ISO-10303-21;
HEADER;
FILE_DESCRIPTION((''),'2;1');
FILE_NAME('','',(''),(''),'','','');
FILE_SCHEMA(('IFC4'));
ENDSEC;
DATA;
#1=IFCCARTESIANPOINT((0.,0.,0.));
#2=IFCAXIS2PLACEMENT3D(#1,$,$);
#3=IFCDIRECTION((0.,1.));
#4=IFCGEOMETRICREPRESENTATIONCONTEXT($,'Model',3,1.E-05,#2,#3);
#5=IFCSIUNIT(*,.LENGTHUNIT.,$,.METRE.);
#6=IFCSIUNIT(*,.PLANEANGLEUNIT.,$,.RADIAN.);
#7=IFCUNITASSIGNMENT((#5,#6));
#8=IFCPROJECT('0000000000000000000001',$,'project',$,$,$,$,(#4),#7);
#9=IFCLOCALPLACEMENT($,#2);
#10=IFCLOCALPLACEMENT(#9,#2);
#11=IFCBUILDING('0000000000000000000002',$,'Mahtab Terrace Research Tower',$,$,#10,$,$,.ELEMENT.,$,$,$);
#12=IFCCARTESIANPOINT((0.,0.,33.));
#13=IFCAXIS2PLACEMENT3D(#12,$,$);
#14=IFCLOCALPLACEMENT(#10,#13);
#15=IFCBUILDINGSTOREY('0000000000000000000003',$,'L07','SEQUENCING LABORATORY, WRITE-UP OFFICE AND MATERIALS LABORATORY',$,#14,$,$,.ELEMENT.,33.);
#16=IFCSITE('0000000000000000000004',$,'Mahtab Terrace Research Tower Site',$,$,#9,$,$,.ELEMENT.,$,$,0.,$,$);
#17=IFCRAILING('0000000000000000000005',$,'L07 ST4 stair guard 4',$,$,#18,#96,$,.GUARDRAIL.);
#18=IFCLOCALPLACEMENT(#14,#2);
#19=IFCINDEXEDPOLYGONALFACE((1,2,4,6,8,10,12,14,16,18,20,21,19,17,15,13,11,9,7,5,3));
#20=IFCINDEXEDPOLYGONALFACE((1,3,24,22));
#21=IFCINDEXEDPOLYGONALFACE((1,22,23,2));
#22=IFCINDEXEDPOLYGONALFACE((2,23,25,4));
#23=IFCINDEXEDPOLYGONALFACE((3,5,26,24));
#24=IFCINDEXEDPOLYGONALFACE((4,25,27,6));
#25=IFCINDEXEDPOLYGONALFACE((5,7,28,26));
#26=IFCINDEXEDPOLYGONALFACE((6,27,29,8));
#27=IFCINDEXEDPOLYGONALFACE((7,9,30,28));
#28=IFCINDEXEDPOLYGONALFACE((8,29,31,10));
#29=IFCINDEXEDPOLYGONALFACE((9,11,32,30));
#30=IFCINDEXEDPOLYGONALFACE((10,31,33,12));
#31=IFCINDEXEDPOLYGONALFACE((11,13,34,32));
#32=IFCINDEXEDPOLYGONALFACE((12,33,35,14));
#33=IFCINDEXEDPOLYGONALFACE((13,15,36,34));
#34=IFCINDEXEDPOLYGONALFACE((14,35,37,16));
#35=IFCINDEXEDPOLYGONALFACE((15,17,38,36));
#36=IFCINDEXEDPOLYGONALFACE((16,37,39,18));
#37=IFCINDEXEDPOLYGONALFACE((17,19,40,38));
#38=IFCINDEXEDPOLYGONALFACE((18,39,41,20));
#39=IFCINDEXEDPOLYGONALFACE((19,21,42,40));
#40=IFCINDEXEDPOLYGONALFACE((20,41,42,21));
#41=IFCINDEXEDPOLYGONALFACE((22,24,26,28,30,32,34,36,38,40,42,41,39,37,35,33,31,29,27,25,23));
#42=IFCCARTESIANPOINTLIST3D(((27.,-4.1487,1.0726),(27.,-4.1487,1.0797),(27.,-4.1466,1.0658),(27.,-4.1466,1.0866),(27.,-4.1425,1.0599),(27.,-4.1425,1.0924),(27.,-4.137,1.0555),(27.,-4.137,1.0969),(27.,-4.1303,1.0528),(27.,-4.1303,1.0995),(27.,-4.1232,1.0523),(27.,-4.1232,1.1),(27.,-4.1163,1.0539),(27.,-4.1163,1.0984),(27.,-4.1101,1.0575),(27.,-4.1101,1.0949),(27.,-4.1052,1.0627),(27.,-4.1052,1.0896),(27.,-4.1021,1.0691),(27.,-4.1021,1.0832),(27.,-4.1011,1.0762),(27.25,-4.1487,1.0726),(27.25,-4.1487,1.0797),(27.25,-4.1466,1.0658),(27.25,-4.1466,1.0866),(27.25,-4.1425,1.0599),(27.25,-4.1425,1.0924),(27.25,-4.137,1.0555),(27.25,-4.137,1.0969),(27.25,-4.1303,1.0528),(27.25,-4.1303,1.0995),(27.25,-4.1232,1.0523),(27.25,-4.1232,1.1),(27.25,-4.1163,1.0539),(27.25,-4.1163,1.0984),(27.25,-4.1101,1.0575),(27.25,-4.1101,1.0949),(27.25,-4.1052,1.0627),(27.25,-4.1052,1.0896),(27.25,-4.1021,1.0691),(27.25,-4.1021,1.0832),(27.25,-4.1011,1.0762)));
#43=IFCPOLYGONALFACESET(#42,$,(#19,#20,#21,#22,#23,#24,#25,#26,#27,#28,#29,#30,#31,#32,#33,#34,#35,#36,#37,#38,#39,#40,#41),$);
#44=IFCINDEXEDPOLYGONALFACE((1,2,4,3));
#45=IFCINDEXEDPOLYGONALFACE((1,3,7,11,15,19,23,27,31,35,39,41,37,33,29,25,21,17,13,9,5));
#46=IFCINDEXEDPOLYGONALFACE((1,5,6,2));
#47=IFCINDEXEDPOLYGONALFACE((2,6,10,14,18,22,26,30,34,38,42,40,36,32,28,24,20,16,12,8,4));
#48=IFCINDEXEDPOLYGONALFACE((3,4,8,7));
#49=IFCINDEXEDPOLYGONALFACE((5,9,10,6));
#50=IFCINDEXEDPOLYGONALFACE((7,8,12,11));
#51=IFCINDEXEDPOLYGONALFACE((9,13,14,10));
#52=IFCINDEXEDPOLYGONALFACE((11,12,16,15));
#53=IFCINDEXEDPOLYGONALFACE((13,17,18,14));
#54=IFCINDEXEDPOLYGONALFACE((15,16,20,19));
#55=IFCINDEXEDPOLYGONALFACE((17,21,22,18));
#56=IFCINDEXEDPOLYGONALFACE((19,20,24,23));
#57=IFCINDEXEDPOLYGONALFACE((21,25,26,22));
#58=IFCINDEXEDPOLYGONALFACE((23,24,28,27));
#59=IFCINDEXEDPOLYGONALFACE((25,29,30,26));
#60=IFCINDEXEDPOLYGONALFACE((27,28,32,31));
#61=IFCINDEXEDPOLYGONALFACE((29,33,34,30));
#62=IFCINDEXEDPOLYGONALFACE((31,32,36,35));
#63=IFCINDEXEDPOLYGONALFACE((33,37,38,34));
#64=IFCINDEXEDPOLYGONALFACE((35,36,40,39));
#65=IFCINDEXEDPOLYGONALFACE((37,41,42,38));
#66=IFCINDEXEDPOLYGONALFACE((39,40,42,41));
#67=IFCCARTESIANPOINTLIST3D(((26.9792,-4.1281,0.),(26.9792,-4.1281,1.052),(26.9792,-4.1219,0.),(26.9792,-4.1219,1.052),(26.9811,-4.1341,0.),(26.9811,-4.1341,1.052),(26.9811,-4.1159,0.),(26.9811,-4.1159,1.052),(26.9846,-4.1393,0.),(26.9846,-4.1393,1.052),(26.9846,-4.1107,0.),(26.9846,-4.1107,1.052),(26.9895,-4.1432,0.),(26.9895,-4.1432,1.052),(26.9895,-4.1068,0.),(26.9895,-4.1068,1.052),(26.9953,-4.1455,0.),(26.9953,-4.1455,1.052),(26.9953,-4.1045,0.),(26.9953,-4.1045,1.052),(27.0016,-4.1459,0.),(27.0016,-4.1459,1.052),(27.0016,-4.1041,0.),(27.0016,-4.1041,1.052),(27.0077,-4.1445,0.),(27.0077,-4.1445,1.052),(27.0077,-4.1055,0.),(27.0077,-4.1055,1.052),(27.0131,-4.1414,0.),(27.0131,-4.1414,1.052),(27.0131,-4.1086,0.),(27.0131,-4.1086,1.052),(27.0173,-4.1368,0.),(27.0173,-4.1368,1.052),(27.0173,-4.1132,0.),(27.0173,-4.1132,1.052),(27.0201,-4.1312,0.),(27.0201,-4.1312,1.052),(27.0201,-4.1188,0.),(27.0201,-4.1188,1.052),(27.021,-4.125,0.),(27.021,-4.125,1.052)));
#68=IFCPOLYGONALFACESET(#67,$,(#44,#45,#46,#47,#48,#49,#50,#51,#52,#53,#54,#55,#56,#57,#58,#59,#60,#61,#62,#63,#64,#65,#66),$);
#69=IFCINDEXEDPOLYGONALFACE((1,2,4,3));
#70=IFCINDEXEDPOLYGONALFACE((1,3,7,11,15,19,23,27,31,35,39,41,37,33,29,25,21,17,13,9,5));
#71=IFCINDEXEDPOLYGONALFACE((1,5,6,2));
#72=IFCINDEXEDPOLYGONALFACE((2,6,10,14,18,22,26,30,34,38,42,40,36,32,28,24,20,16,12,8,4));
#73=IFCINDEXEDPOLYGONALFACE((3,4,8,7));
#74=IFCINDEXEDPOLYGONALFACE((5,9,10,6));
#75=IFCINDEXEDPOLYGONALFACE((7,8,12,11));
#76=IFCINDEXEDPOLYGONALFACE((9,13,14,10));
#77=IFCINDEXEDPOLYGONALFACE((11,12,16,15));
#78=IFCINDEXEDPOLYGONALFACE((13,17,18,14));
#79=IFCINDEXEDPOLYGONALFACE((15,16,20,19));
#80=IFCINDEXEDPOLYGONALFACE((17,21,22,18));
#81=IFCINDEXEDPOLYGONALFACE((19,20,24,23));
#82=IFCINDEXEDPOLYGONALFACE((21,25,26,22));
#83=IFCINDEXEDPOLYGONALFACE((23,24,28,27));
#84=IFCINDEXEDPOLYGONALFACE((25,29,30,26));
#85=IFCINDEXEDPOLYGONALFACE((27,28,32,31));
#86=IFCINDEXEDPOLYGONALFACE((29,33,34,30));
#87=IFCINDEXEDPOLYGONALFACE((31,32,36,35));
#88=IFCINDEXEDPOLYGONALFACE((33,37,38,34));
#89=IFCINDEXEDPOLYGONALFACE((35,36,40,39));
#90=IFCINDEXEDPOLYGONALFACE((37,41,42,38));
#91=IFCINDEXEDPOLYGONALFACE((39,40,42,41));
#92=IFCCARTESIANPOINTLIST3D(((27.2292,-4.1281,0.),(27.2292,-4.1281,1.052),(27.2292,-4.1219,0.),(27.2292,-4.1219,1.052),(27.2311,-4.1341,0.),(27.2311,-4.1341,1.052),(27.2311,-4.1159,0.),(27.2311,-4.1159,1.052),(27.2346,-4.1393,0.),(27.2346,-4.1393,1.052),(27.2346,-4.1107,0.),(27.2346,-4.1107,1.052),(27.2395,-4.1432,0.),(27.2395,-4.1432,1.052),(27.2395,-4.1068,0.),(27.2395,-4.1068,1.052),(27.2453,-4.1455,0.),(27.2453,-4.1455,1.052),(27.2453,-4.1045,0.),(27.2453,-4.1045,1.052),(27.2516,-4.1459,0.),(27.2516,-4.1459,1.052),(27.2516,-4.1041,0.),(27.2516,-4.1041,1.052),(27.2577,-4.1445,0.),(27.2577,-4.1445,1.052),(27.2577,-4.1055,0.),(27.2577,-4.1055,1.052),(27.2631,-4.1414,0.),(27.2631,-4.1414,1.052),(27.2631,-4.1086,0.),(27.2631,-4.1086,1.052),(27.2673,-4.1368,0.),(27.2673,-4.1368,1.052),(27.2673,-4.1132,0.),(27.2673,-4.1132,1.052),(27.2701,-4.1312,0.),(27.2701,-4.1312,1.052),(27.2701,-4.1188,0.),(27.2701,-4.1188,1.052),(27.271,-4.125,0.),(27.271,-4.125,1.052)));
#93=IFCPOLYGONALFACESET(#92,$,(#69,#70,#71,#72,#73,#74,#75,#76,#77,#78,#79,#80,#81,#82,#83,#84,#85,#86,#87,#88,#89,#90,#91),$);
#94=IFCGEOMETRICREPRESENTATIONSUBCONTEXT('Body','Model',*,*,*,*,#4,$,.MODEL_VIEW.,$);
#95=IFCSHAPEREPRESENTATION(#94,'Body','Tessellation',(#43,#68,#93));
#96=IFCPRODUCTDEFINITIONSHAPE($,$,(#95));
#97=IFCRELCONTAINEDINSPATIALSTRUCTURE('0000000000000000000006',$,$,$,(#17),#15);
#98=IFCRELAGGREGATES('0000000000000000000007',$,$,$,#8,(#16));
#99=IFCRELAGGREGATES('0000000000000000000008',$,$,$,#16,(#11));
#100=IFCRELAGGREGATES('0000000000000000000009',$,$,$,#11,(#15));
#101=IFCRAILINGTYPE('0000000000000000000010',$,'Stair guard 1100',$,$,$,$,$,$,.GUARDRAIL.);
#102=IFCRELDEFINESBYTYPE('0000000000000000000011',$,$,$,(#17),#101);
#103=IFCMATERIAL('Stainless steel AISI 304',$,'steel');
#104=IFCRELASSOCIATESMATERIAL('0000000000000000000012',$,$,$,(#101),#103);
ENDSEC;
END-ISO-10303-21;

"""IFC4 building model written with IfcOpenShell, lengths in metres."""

from ifc_helpers import new_model, si_unit, direction, frame, origin, origin_2d, place, context, subcontext, project, spatial, circle, extrude, material, type_object, element, save


model = new_model("IFC4")

# Units and contexts
model_context = context("Model", 3, precision=1e-05, world=origin(), true_north=direction((0.0, 1.0)))
body_context = subcontext(model_context, "Body", "Model", "MODEL_VIEW")
ifc_project = project(units=[si_unit("LENGTHUNIT", "METRE"), si_unit("PLANEANGLEUNIT", "RADIAN")], contexts=[model_context])

# Site, building, storey
site_placement = place(None, origin())
site = spatial("IfcSite", under=ifc_project, at=site_placement, Name="Mahtab Terrace Research Tower Site", CompositionType="ELEMENT", RefElevation=0.0)
building_placement = place(site_placement, origin())
building = spatial("IfcBuilding", under=site, at=building_placement, Name="Mahtab Terrace Research Tower", CompositionType="ELEMENT")
storey_placement = place(building_placement, frame((0.0, 0.0, 33.0)))
storey = spatial("IfcBuildingStorey", under=building, at=storey_placement, Name="L07", Description="SEQUENCING LABORATORY, WRITE-UP OFFICE AND MATERIALS LABORATORY", CompositionType="ELEMENT", Elevation=33.0)

# Shared definitions
ifc_material_1 = material(Name="Stainless steel AISI 304", Category="steel")

# Railing
railing_type_1 = type_object("IfcRailingType", Name="Stair guard 1100", PredefinedType="GUARDRAIL", material=ifc_material_1)
railing_1_placement = place(storey_placement, frame((27.0, -4.125, 0.0)))
element("IfcRailing", 1, at=railing_1_placement, inside=storey, type_object=railing_type_1, Name="L07 ST4 stair guard 4", PredefinedType="GUARDRAIL", context=body_context, shape_type="SweptSolid", body=[
    extrude(circle(Radius=0.0239, at=origin_2d()), frame((0.0, 0.0, 1.0762), z_axis=(1.0, 0.0, 0.0), x_axis=(0.0, 1.0, 0.0)), (0.0, 0.0, 1.0), 0.25),
    extrude(circle(Radius=0.021, at=origin_2d()), origin(), (0.0, 0.0, 1.0), 1.052),
    extrude(circle(Radius=0.021, at=origin_2d()), frame((0.25, 0.0, 0.0)), (0.0, 0.0, 1.0), 1.052),
])

save(model, "model.ifc")
